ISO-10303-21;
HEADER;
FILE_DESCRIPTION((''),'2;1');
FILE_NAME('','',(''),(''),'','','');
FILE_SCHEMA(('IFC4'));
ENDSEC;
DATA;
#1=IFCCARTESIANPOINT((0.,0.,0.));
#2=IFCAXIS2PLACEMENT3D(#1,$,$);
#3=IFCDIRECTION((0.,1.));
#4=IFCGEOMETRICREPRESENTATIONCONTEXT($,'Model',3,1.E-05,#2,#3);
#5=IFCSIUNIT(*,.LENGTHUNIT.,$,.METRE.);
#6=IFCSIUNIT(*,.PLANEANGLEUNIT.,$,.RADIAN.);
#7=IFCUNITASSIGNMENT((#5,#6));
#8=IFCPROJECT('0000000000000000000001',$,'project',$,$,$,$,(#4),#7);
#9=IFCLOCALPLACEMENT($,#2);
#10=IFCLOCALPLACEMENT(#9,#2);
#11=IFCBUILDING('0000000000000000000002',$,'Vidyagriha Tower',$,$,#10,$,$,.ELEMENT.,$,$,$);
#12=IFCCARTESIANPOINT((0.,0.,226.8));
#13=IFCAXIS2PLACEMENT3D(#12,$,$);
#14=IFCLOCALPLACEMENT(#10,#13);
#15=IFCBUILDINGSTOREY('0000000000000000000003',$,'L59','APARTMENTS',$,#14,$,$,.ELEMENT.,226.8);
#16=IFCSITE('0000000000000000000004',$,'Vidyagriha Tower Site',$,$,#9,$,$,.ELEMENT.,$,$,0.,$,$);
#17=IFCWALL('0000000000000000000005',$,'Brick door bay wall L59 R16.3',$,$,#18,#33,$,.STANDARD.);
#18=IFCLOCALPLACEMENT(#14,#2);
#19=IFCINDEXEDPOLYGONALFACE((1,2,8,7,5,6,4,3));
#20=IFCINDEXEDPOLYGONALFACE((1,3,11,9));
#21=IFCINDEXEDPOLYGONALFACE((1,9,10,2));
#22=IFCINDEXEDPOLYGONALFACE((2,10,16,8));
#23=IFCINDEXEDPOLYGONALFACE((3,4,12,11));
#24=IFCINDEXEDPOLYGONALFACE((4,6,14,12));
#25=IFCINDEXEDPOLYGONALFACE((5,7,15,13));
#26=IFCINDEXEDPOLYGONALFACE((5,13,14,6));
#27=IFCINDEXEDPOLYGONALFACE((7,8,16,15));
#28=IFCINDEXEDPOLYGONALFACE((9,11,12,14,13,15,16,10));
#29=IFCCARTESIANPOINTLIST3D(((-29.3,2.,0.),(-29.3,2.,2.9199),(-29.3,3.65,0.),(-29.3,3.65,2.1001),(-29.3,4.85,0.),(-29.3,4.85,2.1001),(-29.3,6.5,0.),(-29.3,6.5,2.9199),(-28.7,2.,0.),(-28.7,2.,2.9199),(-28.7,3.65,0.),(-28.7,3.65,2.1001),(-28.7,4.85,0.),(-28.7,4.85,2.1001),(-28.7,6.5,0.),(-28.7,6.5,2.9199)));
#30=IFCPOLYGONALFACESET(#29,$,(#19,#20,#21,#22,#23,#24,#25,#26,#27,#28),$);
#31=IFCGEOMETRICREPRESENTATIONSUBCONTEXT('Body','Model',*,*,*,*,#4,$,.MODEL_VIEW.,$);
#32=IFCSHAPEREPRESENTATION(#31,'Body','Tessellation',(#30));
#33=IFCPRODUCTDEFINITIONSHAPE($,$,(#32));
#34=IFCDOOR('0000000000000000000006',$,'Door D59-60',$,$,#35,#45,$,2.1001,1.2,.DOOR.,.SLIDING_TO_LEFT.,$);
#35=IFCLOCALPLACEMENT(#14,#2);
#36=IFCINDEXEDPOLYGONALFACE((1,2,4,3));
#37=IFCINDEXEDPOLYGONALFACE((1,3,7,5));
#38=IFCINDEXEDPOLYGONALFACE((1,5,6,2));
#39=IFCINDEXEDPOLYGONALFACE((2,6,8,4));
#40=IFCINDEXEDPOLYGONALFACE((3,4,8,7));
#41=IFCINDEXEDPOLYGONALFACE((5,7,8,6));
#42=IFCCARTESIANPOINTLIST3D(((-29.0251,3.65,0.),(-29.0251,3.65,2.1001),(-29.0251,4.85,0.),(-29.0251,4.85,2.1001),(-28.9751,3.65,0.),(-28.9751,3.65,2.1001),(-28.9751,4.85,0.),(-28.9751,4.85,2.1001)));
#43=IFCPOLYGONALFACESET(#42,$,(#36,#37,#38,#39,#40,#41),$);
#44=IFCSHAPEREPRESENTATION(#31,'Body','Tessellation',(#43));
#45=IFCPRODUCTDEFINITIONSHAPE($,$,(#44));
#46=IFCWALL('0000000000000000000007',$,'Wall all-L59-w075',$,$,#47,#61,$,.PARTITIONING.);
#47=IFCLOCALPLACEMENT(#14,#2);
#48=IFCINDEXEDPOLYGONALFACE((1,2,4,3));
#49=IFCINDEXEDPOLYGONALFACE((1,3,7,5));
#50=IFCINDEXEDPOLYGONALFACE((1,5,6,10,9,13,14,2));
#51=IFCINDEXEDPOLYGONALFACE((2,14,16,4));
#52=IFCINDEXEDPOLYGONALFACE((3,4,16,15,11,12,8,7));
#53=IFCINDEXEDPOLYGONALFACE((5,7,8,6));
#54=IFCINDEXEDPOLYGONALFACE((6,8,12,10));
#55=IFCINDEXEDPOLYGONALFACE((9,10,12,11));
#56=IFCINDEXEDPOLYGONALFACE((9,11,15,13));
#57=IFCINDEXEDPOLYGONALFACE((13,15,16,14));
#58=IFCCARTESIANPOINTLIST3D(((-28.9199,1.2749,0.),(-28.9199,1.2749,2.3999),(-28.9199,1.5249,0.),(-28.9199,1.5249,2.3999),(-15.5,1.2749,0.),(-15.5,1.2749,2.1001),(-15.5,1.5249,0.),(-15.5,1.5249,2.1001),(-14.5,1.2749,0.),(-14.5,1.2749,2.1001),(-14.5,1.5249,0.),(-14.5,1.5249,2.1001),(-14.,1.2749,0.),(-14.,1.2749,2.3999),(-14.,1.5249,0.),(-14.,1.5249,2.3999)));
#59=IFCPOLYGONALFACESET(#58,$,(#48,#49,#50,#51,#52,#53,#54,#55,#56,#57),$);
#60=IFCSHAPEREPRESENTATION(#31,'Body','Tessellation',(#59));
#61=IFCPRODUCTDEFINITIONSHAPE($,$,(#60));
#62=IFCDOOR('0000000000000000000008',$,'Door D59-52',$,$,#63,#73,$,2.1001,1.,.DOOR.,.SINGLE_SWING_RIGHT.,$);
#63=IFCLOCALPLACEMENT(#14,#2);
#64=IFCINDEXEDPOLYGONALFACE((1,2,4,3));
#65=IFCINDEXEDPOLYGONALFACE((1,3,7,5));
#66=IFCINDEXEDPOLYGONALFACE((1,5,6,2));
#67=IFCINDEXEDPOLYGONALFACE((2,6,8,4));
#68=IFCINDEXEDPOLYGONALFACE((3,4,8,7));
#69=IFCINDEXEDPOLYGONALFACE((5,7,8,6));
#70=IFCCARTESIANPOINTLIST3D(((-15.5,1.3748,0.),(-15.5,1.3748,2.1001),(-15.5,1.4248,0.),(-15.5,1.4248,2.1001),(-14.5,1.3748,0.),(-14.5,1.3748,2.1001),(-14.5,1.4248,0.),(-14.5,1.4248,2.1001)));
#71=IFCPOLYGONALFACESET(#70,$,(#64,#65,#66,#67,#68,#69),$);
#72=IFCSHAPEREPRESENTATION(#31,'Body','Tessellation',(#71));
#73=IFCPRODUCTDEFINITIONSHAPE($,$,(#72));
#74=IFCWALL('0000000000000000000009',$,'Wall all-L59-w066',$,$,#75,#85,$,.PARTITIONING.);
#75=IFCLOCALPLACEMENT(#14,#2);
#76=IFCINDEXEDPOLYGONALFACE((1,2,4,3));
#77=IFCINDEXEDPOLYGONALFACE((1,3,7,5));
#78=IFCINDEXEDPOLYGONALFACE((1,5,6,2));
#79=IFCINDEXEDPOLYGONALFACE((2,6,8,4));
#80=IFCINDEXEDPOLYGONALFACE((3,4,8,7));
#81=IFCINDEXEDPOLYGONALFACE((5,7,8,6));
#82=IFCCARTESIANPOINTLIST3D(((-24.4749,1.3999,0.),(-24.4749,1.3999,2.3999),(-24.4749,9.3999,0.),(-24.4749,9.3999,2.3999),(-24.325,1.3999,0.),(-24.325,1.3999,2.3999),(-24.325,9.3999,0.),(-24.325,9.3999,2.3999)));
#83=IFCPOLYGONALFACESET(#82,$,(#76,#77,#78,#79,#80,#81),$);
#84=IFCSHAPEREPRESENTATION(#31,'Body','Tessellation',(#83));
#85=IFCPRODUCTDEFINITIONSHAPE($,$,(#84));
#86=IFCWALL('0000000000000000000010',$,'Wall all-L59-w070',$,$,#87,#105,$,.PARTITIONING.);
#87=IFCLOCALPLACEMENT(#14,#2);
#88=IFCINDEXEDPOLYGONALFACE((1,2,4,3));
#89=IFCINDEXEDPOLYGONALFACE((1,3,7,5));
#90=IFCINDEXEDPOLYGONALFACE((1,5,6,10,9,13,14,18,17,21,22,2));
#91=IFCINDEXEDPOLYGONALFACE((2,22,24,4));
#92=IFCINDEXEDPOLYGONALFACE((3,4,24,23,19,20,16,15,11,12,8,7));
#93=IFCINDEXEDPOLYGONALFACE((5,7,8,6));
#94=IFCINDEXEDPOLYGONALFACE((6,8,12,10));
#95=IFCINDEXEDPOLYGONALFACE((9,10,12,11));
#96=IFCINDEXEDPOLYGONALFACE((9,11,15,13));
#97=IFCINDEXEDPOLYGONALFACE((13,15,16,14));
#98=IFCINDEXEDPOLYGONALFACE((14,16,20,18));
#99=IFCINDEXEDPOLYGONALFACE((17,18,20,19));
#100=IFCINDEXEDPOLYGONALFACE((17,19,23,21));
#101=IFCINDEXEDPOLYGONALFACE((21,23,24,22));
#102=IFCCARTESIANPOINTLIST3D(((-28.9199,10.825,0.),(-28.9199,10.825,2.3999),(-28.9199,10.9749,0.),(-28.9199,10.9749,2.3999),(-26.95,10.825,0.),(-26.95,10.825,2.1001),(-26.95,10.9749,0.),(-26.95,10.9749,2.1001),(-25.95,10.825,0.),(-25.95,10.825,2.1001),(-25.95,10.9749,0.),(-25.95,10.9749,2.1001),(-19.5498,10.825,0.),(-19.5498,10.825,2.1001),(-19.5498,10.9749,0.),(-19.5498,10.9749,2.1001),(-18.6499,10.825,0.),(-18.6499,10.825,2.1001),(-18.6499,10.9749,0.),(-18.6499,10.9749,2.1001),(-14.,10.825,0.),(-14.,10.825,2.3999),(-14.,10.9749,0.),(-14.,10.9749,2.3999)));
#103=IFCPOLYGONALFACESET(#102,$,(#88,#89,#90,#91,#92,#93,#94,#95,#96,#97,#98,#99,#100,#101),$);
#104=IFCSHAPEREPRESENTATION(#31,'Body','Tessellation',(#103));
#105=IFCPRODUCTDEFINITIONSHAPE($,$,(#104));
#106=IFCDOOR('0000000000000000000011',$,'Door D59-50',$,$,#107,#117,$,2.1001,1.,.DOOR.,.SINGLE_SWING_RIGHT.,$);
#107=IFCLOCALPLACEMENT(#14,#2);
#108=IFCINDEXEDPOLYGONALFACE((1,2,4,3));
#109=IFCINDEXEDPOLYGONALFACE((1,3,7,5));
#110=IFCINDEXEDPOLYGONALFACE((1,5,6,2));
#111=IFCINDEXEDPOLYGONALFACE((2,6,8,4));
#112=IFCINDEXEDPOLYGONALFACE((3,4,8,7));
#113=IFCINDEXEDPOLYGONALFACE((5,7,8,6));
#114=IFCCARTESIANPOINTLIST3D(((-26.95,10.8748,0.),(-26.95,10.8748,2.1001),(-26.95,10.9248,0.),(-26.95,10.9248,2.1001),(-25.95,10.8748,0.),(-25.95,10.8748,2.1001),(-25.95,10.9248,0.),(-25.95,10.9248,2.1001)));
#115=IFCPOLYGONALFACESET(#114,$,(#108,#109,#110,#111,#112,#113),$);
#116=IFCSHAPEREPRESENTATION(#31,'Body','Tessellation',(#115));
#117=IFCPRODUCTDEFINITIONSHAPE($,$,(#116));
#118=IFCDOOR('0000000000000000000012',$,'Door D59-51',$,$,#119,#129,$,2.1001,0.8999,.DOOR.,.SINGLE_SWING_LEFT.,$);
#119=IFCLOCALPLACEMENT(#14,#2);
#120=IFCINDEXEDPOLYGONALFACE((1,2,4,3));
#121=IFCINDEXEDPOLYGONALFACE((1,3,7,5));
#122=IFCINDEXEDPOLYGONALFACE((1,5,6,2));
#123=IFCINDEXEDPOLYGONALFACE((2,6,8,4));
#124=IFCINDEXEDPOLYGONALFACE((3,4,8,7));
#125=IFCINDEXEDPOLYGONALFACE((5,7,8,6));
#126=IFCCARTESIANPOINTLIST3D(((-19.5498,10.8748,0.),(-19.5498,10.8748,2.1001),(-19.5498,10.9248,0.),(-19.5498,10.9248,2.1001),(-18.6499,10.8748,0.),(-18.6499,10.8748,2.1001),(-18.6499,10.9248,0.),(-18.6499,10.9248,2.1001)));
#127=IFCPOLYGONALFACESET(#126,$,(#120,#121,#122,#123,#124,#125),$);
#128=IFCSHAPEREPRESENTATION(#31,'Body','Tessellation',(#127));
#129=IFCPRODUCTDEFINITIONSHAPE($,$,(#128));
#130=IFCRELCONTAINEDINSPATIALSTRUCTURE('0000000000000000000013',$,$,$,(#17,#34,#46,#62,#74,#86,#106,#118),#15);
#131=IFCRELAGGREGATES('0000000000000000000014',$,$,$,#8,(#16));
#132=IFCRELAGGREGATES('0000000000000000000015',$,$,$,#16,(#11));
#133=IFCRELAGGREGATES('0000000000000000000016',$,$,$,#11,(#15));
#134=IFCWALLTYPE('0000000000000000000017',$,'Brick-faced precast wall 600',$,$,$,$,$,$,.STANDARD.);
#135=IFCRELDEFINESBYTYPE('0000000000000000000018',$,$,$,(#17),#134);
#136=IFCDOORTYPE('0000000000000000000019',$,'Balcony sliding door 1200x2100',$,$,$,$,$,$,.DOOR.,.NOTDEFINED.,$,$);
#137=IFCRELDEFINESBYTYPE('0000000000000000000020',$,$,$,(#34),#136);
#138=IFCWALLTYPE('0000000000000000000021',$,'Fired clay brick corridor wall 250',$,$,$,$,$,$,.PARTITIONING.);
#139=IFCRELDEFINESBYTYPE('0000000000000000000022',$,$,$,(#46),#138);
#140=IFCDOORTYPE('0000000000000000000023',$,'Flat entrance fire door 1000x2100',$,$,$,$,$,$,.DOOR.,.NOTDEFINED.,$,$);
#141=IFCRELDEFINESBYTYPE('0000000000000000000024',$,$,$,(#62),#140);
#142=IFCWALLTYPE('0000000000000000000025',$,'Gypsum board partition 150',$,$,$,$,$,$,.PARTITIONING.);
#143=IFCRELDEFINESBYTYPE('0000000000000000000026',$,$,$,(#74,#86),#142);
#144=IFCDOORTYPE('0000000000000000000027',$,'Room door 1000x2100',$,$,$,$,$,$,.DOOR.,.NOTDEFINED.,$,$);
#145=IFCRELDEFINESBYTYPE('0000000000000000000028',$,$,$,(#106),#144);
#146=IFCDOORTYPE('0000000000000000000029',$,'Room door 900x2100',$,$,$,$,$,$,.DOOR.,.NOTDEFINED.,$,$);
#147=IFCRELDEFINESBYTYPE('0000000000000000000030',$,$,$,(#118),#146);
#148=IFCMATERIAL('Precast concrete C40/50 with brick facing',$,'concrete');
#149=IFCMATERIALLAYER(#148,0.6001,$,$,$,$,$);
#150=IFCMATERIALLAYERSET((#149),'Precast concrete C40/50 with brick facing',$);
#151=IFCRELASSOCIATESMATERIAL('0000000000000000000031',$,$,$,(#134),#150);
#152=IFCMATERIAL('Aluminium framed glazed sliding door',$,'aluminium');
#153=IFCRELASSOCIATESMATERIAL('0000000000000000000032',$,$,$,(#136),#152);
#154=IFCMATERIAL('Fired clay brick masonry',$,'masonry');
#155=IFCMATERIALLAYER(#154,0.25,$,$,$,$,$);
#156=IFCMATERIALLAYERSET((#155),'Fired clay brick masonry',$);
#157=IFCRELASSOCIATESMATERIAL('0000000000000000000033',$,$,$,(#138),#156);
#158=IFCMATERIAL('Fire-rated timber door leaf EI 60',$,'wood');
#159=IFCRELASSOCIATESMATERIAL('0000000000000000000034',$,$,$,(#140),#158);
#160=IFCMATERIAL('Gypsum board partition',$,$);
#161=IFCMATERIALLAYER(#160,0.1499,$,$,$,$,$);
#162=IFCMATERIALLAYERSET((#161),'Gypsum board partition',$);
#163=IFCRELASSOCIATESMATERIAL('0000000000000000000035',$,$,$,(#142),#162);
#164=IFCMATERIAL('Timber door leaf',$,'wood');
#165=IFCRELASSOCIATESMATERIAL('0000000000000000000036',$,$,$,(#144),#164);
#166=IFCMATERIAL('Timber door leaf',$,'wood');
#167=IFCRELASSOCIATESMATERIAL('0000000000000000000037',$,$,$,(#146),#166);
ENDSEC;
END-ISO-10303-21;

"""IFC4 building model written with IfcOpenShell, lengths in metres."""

from ifc_helpers import new_model, si_unit, direction, frame, frame_2d, origin, place, context, subcontext, project, spatial, rectangle, extrude, material, layer, layer_set, type_object, element, fill, save


model = new_model("IFC4")

# Units and contexts
model_context = context("Model", 3, precision=1e-05, world=origin(), true_north=direction((0.0, 1.0)))
body_context = subcontext(model_context, "Body", "Model", "MODEL_VIEW")
ifc_project = project(units=[si_unit("LENGTHUNIT", "METRE"), si_unit("PLANEANGLEUNIT", "RADIAN")], contexts=[model_context])

# Site, building, storey
site_placement = place(None, origin())
site = spatial("IfcSite", under=ifc_project, at=site_placement, Name="Vidyagriha Tower Site", CompositionType="ELEMENT", RefElevation=0.0)
building_placement = place(site_placement, origin())
building = spatial("IfcBuilding", under=site, at=building_placement, Name="Vidyagriha Tower", CompositionType="ELEMENT")
storey_placement = place(building_placement, frame((0.0, 0.0, 226.8)))
storey = spatial("IfcBuildingStorey", under=building, at=storey_placement, Name="L59", Description="APARTMENTS", CompositionType="ELEMENT", Elevation=226.8)

# Walls, openings, doors
ifc_material_1 = material(Name="Precast concrete C40/50 with brick facing", Category="concrete")
ifc_layer_1 = layer(ifc_material_1, 0.6001)
ifc_layer_set_1 = layer_set([ifc_layer_1], Name="Precast concrete C40/50 with brick facing")
wall_type_1 = type_object("IfcWallType", Name="Brick-faced precast wall 600", PredefinedType="STANDARD", material=ifc_layer_set_1)
wall_1_placement = place(storey_placement, frame((-29.0, 6.5, 0.0), z_axis=(0.0, 0.0, 1.0), x_axis=(0.0, -1.0, 0.0)))
wall_1 = element("IfcWall", 1, at=wall_1_placement, inside=storey, type_object=wall_type_1, Name="Brick door bay wall L59 R16.3", PredefinedType="STANDARD", context=body_context, shape_type="SweptSolid", body=[
    extrude(rectangle(XDim=4.5, YDim=0.6001, at=frame_2d((2.25, 0.0))), origin(), (0.0, 0.0, 1.0), 2.9199),
])
opening_1_placement = place(wall_1_placement, frame((1.6499, 0.0, 0.0)))
opening_1 = element("IfcOpeningElement", 2, at=opening_1_placement, cuts=wall_1, PredefinedType="OPENING", context=body_context, shape_type="SweptSolid", body=[
    extrude(rectangle(XDim=1.2, YDim=2.1001, at=frame_2d((0.6001, 1.05))), frame((0.0, 0.3101, 0.0), z_axis=(0.0, -1.0, 0.0), x_axis=(1.0, 0.0, 0.0)), (0.0, 0.0, 1.0), 0.6201),
])
ifc_material_2 = material(Name="Aluminium framed glazed sliding door", Category="aluminium")
door_type_1 = type_object("IfcDoorType", Name="Balcony sliding door 1200x2100", OperationType="NOTDEFINED", PredefinedType="DOOR", material=ifc_material_2)
door_1_placement = place(opening_1_placement, origin())
door_1 = element("IfcDoor", 3, at=door_1_placement, inside=storey, type_object=door_type_1, Name="Door D59-60", OperationType="SLIDING_TO_LEFT", OverallHeight=2.1001, OverallWidth=1.2, PredefinedType="DOOR", context=body_context, shape_type="SweptSolid", body=[
    extrude(rectangle(XDim=1.2, YDim=2.1001, at=frame_2d((0.6001, 1.05))), frame((0.0, 0.0249, 0.0), z_axis=(0.0, -1.0, 0.0), x_axis=(1.0, 0.0, 0.0)), (0.0, 0.0, 1.0), 0.05),
])
fill(opening_1, door_1)
ifc_material_3 = material(Name="Fired clay brick masonry", Category="masonry")
ifc_layer_2 = layer(ifc_material_3, 0.25)
ifc_layer_set_2 = layer_set([ifc_layer_2], Name="Fired clay brick masonry")
wall_type_2 = type_object("IfcWallType", Name="Fired clay brick corridor wall 250", PredefinedType="PARTITIONING", material=ifc_layer_set_2)
wall_2_placement = place(storey_placement, frame((-28.9199, 1.3999, 0.0)))
wall_2 = element("IfcWall", 4, at=wall_2_placement, inside=storey, type_object=wall_type_2, Name="Wall all-L59-w075", PredefinedType="PARTITIONING", context=body_context, shape_type="SweptSolid", body=[
    extrude(rectangle(XDim=14.9199, YDim=0.25, at=frame_2d((7.46, 0.0))), origin(), (0.0, 0.0, 1.0), 2.3999),
])
opening_2_placement = place(wall_2_placement, frame((13.4199, 0.0, 0.0)))
opening_2 = element("IfcOpeningElement", 5, at=opening_2_placement, cuts=wall_2, PredefinedType="OPENING", context=body_context, shape_type="SweptSolid", body=[
    extrude(rectangle(XDim=1.0, YDim=2.1001, at=frame_2d((0.5, 1.05))), frame((0.0, 0.135, 0.0), z_axis=(0.0, -1.0, 0.0), x_axis=(1.0, 0.0, 0.0)), (0.0, 0.0, 1.0), 0.27),
])
ifc_material_4 = material(Name="Fire-rated timber door leaf EI 60", Category="wood")
door_type_2 = type_object("IfcDoorType", Name="Flat entrance fire door 1000x2100", OperationType="NOTDEFINED", PredefinedType="DOOR", material=ifc_material_4)
door_2_placement = place(opening_2_placement, origin())
door_2 = element("IfcDoor", 6, at=door_2_placement, inside=storey, type_object=door_type_2, Name="Door D59-52", OperationType="SINGLE_SWING_RIGHT", OverallHeight=2.1001, OverallWidth=1.0, PredefinedType="DOOR", context=body_context, shape_type="SweptSolid", body=[
    extrude(rectangle(XDim=1.0, YDim=2.1001, at=frame_2d((0.5, 1.05))), frame((0.0, 0.0249, 0.0), z_axis=(0.0, -1.0, 0.0), x_axis=(1.0, 0.0, 0.0)), (0.0, 0.0, 1.0), 0.05),
])
fill(opening_2, door_2)

# Wall
ifc_material_5 = material(Name="Gypsum board partition")
ifc_layer_3 = layer(ifc_material_5, 0.1499)
ifc_layer_set_3 = layer_set([ifc_layer_3], Name="Gypsum board partition")
wall_type_3 = type_object("IfcWallType", Name="Gypsum board partition 150", PredefinedType="PARTITIONING", material=ifc_layer_set_3)
wall_3_placement = place(storey_placement, frame((-24.3999, 1.3999, 0.0), z_axis=(0.0, 0.0, 1.0), x_axis=(0.0, 1.0, 0.0)))
element("IfcWall", 7, at=wall_3_placement, inside=storey, type_object=wall_type_3, Name="Wall all-L59-w066", PredefinedType="PARTITIONING", context=body_context, shape_type="SweptSolid", body=[
    extrude(rectangle(XDim=8.0, YDim=0.1499, at=frame_2d((4.0, 0.0))), origin(), (0.0, 0.0, 1.0), 2.3999),
])

# Wall, openings, doors
wall_4_placement = place(storey_placement, frame((-28.9199, 10.8999, 0.0)))
wall_4 = element("IfcWall", 8, at=wall_4_placement, inside=storey, type_object=wall_type_3, Name="Wall all-L59-w070", PredefinedType="PARTITIONING", context=body_context, shape_type="SweptSolid", body=[
    extrude(rectangle(XDim=14.9199, YDim=0.1499, at=frame_2d((7.46, 0.0))), origin(), (0.0, 0.0, 1.0), 2.3999),
])
opening_3_placement = place(wall_4_placement, frame((1.97, 0.0, 0.0)))
opening_3 = element("IfcOpeningElement", 9, at=opening_3_placement, cuts=wall_4, PredefinedType="OPENING", context=body_context, shape_type="SweptSolid", body=[
    extrude(rectangle(XDim=1.0, YDim=2.1001, at=frame_2d((0.5, 1.05))), frame((0.0, 0.085, 0.0), z_axis=(0.0, -1.0, 0.0), x_axis=(1.0, 0.0, 0.0)), (0.0, 0.0, 1.0), 0.1699),
])
opening_4_placement = place(wall_4_placement, frame((9.3701, 0.0, 0.0)))
opening_4 = element("IfcOpeningElement", 10, at=opening_4_placement, cuts=wall_4, PredefinedType="OPENING", context=body_context, shape_type="SweptSolid", body=[
    extrude(rectangle(XDim=0.8999, YDim=2.1001, at=frame_2d((0.45, 1.05))), frame((0.0, 0.085, 0.0), z_axis=(0.0, -1.0, 0.0), x_axis=(1.0, 0.0, 0.0)), (0.0, 0.0, 1.0), 0.1699),
])
ifc_material_6 = material(Name="Timber door leaf", Category="wood")
door_type_3 = type_object("IfcDoorType", Name="Room door 1000x2100", OperationType="NOTDEFINED", PredefinedType="DOOR", material=ifc_material_6)
door_3_placement = place(opening_3_placement, origin())
door_3 = element("IfcDoor", 11, at=door_3_placement, inside=storey, type_object=door_type_3, Name="Door D59-50", OperationType="SINGLE_SWING_RIGHT", OverallHeight=2.1001, OverallWidth=1.0, PredefinedType="DOOR", context=body_context, shape_type="SweptSolid", body=[
    extrude(rectangle(XDim=1.0, YDim=2.1001, at=frame_2d((0.5, 1.05))), frame((0.0, 0.0249, 0.0), z_axis=(0.0, -1.0, 0.0), x_axis=(1.0, 0.0, 0.0)), (0.0, 0.0, 1.0), 0.05),
])
fill(opening_3, door_3)
ifc_material_7 = material(Name="Timber door leaf", Category="wood")
door_type_4 = type_object("IfcDoorType", Name="Room door 900x2100", OperationType="NOTDEFINED", PredefinedType="DOOR", material=ifc_material_7)
door_4_placement = place(opening_4_placement, origin())
door_4 = element("IfcDoor", 12, at=door_4_placement, inside=storey, type_object=door_type_4, Name="Door D59-51", OperationType="SINGLE_SWING_LEFT", OverallHeight=2.1001, OverallWidth=0.8999, PredefinedType="DOOR", context=body_context, shape_type="SweptSolid", body=[
    extrude(rectangle(XDim=0.8999, YDim=2.1001, at=frame_2d((0.45, 1.05))), frame((0.0, 0.0249, 0.0), z_axis=(0.0, -1.0, 0.0), x_axis=(1.0, 0.0, 0.0)), (0.0, 0.0, 1.0), 0.05),
])
fill(opening_4, door_4)

save(model, "model.ifc")
